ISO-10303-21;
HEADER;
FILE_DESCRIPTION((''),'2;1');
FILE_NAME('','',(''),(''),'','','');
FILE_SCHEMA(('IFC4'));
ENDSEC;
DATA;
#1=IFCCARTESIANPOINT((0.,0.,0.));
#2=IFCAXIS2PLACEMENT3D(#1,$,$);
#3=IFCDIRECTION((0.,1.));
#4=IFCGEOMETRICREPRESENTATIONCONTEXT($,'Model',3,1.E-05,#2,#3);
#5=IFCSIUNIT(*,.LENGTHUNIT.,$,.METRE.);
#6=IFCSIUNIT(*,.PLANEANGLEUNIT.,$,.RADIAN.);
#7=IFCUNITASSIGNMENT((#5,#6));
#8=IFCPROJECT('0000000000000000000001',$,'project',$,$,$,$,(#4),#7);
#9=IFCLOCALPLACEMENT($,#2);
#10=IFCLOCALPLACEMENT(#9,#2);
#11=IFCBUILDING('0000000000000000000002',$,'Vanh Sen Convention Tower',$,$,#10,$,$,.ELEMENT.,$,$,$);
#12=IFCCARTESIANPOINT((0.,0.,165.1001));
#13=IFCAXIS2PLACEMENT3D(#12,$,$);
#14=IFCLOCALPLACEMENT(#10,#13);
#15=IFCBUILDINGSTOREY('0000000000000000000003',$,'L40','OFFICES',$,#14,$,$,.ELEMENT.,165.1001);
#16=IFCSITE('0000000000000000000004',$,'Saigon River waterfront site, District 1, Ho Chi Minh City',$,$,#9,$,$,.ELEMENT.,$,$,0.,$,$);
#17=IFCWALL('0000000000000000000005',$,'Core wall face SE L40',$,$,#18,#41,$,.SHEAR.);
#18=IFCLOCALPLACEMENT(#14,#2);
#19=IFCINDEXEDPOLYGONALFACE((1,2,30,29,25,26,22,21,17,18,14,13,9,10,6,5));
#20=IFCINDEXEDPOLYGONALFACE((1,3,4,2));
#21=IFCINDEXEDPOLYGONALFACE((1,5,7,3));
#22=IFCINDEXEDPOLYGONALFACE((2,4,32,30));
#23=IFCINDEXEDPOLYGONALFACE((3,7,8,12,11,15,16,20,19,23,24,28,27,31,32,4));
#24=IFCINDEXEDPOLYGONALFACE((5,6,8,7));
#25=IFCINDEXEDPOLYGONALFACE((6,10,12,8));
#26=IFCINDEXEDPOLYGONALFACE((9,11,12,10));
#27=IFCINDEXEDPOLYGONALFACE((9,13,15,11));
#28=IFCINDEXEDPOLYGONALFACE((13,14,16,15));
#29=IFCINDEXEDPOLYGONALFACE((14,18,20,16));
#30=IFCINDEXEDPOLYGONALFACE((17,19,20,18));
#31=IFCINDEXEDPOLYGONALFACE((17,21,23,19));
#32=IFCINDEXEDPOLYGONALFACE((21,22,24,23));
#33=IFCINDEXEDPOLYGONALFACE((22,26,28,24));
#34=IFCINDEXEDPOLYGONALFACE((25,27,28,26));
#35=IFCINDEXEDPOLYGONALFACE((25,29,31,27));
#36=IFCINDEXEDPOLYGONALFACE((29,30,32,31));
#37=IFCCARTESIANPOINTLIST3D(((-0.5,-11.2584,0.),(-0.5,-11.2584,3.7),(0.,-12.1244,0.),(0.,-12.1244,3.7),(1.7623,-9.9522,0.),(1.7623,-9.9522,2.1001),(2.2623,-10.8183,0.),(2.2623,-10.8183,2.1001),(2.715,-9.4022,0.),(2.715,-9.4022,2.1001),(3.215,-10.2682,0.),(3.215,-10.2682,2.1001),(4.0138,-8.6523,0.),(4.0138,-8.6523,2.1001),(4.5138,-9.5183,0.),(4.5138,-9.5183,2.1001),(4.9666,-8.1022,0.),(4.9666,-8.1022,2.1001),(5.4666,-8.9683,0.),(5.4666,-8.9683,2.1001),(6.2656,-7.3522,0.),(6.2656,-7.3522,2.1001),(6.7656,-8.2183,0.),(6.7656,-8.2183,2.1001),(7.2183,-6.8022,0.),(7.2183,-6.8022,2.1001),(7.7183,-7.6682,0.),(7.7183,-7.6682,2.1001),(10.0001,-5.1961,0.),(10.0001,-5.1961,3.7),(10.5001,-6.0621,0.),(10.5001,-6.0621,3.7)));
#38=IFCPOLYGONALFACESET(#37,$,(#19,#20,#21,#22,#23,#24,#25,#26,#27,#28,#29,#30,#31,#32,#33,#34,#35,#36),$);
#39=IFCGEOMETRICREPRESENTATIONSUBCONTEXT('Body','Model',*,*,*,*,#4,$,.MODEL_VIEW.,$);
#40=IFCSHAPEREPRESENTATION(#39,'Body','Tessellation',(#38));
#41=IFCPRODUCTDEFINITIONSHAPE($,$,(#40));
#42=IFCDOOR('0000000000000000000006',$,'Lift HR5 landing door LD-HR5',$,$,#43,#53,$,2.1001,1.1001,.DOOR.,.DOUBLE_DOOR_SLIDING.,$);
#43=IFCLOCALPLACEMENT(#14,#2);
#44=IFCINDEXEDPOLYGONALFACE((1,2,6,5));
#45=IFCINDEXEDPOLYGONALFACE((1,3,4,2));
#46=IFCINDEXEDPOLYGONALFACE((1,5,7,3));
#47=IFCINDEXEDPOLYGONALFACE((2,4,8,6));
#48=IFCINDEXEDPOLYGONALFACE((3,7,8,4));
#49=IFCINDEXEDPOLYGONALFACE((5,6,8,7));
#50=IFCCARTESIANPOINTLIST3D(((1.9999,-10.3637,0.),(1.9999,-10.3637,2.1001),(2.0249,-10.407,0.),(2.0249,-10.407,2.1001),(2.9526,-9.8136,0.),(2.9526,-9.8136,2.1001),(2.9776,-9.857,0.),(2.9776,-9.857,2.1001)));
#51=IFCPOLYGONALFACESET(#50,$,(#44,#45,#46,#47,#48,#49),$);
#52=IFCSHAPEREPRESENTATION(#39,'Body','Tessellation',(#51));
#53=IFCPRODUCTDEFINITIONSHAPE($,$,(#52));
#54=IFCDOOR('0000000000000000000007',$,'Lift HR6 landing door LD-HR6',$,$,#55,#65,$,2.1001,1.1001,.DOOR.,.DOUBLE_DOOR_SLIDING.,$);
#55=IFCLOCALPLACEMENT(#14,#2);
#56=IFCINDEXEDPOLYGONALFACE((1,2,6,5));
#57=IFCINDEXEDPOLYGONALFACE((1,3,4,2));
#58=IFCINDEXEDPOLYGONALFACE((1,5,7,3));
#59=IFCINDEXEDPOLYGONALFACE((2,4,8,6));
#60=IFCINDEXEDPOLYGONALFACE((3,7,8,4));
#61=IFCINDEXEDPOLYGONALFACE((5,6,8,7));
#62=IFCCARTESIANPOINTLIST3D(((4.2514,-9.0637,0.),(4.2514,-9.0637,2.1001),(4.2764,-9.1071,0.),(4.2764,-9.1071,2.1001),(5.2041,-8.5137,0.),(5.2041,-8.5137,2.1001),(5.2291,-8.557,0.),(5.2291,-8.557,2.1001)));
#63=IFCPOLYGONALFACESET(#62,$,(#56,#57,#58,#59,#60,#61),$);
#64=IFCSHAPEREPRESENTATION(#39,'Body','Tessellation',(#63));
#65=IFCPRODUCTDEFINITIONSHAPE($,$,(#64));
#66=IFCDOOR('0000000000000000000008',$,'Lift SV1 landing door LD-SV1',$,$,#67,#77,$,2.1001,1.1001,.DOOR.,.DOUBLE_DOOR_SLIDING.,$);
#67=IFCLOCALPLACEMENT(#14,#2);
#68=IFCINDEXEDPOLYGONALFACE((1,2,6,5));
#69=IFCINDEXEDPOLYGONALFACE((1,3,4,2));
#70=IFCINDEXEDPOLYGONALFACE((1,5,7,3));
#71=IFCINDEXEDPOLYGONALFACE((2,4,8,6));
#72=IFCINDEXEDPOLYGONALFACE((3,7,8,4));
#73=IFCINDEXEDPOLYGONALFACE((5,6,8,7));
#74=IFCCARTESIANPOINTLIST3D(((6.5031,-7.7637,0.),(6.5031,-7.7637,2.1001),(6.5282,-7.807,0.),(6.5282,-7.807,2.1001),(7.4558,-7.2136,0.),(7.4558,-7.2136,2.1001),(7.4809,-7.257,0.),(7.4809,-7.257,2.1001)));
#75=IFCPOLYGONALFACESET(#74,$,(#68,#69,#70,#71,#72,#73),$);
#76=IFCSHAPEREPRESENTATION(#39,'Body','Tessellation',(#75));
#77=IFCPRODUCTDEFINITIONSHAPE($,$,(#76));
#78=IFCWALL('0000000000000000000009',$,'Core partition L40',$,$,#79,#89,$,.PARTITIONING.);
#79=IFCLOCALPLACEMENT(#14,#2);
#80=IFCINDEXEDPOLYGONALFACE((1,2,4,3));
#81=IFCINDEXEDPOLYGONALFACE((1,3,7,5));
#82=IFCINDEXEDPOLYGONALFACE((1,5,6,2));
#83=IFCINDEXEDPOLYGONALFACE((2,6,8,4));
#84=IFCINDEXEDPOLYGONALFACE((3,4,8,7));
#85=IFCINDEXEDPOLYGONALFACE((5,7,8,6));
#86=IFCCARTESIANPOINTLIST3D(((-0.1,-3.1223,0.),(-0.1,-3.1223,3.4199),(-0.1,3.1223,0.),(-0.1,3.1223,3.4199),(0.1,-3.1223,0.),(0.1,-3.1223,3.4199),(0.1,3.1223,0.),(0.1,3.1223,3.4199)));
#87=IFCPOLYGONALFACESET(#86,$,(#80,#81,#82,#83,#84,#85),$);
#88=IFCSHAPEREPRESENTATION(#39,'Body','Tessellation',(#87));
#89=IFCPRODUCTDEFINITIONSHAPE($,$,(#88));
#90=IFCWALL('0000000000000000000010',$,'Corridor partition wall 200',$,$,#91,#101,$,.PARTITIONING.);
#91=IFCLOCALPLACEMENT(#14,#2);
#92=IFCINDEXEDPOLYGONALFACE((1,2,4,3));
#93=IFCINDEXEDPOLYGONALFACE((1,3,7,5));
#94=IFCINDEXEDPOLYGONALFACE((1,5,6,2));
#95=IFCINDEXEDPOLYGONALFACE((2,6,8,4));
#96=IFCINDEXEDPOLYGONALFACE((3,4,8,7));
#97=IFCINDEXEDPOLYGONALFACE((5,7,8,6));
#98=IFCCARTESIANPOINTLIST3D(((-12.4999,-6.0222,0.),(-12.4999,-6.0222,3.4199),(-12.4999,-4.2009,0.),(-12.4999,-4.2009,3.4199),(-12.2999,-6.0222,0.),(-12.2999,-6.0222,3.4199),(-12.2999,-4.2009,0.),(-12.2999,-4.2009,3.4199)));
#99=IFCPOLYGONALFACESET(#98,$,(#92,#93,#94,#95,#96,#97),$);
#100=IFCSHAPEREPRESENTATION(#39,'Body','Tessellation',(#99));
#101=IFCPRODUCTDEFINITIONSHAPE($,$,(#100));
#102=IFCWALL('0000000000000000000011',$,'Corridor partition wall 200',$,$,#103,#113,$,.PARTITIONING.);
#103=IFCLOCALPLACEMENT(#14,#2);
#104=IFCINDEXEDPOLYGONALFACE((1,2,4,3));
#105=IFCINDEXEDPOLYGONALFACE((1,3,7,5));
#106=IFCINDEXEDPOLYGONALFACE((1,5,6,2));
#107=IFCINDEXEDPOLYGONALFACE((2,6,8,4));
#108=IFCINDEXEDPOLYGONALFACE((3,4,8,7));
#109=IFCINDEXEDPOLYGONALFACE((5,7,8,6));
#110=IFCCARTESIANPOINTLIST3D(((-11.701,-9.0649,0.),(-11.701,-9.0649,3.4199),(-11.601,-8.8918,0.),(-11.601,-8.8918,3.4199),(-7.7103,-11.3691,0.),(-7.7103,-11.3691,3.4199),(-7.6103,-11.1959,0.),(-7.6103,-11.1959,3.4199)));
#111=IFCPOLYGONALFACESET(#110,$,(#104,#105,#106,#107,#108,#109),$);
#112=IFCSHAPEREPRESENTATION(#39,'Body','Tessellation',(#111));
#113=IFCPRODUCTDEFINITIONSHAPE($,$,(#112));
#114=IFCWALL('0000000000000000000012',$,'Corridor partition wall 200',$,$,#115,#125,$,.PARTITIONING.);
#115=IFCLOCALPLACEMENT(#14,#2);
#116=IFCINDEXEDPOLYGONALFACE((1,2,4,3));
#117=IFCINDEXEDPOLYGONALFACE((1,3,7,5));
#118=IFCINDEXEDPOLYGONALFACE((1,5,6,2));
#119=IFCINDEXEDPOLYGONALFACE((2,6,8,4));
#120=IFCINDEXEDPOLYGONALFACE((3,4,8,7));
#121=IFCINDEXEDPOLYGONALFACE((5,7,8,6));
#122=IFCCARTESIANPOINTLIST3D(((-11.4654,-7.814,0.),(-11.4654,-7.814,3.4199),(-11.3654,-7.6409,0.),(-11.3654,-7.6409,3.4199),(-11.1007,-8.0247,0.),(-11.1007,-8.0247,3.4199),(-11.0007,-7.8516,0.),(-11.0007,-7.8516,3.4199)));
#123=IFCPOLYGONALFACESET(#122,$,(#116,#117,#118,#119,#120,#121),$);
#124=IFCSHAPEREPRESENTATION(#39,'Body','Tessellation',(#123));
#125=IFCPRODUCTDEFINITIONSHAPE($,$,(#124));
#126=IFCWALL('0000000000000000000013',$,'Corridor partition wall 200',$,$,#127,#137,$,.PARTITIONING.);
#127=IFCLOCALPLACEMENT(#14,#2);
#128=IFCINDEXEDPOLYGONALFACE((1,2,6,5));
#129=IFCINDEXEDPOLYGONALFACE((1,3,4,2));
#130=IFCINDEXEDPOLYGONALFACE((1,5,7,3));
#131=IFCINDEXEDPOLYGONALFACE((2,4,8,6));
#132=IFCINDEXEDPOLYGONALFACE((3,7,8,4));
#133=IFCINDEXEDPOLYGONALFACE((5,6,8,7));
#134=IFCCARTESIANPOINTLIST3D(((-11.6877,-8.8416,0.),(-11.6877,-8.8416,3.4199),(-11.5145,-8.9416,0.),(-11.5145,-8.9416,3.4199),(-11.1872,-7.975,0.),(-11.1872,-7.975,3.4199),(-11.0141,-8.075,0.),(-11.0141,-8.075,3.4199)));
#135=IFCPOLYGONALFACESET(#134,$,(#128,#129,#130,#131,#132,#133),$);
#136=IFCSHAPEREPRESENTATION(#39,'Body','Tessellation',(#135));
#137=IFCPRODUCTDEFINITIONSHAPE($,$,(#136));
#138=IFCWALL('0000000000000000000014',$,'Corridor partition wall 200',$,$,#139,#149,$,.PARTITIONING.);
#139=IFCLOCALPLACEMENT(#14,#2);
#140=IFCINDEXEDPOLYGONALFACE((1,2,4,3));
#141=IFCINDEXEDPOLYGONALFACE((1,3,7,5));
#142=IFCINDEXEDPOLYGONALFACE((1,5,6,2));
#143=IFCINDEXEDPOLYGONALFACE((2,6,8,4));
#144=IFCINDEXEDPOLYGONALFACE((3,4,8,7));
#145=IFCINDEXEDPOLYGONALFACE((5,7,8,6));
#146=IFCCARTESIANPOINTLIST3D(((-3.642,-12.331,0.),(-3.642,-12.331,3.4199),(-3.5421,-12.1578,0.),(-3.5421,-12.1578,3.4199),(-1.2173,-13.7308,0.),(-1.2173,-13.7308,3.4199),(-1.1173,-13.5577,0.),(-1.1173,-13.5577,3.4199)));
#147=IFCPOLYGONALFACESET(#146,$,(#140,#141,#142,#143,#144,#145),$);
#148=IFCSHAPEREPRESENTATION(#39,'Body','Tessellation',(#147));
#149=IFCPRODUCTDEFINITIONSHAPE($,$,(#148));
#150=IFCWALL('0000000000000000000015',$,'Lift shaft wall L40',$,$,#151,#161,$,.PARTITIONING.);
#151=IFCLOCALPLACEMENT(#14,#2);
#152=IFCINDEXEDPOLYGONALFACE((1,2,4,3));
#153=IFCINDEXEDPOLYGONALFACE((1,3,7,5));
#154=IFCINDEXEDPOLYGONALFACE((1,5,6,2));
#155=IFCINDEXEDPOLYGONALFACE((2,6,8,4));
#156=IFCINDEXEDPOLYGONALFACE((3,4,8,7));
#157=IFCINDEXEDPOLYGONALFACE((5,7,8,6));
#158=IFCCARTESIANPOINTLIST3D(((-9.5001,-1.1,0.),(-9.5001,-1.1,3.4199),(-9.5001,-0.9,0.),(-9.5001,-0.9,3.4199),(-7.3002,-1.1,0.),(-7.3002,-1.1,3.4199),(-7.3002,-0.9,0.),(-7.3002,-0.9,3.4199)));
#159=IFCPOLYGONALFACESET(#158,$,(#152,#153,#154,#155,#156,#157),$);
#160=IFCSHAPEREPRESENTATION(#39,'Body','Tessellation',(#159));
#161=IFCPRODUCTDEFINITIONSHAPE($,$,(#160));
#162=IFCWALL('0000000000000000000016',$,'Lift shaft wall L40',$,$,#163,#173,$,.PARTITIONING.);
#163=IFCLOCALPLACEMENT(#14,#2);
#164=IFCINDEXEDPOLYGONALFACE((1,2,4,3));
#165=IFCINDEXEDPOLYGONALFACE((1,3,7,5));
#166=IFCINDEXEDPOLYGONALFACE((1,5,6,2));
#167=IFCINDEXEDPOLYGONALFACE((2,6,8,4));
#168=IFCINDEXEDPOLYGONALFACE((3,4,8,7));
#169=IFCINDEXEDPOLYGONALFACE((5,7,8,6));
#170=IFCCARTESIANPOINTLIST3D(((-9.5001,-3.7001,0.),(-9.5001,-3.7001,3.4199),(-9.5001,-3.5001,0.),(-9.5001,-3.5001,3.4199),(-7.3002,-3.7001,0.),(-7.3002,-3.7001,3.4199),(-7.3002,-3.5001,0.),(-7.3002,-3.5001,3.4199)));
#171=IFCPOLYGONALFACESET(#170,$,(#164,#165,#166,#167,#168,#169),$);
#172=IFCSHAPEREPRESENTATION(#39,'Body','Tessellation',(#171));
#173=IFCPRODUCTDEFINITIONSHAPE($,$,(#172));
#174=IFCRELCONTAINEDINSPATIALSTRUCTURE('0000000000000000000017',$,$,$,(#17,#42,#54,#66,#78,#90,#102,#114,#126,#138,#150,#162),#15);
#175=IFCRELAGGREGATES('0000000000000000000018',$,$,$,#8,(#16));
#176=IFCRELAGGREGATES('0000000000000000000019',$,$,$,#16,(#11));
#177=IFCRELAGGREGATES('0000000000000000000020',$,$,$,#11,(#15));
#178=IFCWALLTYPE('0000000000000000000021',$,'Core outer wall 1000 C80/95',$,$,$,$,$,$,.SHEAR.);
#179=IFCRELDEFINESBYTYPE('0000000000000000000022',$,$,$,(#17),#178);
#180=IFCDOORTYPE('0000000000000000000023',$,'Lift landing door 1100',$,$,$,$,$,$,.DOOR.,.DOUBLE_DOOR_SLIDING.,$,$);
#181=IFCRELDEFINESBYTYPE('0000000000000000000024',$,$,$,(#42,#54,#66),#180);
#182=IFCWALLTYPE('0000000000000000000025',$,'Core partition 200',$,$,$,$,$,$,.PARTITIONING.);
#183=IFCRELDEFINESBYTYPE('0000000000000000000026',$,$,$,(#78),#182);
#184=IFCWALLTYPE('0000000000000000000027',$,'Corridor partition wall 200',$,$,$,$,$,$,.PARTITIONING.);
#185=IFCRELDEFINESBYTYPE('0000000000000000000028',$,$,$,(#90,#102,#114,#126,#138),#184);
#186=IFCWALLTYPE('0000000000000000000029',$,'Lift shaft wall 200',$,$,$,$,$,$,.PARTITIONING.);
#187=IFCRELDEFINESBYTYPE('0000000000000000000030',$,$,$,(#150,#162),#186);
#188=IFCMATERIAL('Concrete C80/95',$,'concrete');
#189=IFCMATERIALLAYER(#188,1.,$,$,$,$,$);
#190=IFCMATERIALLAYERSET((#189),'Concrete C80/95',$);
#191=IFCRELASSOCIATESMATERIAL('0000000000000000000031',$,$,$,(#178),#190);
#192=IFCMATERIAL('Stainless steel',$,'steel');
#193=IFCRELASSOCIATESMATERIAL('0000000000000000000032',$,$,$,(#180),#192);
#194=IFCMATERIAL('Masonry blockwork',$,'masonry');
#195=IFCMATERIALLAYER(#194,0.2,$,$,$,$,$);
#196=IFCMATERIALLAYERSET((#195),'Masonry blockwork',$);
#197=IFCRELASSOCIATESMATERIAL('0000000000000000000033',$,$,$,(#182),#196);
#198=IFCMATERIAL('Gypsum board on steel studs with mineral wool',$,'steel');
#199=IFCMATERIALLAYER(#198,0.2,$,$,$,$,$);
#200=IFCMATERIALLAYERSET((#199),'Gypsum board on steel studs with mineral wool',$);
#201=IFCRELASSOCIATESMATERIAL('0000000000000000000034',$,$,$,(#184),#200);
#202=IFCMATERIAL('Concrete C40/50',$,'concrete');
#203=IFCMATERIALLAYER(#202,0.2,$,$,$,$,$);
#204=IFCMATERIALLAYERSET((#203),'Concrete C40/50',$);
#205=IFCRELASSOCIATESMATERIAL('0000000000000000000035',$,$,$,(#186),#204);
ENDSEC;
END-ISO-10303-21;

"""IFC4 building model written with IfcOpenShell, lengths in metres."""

from ifc_helpers import new_model, si_unit, direction, frame, frame_2d, origin, place, context, subcontext, project, spatial, rectangle, extrude, material, layer, layer_set, type_object, element, fill, save


model = new_model("IFC4")

# Units and contexts
model_context = context("Model", 3, precision=1e-05, world=origin(), true_north=direction((0.0, 1.0)))
body_context = subcontext(model_context, "Body", "Model", "MODEL_VIEW")
ifc_project = project(units=[si_unit("LENGTHUNIT", "METRE"), si_unit("PLANEANGLEUNIT", "RADIAN")], contexts=[model_context])

# Site, building, storey
site_placement = place(None, origin())
site = spatial("IfcSite", under=ifc_project, at=site_placement, Name="Saigon River waterfront site, District 1, Ho Chi Minh City", CompositionType="ELEMENT", RefElevation=0.0)
building_placement = place(site_placement, origin())
building = spatial("IfcBuilding", under=site, at=building_placement, Name="Vanh Sen Convention Tower", CompositionType="ELEMENT")
storey_placement = place(building_placement, frame((0.0, 0.0, 165.1001)))
storey = spatial("IfcBuildingStorey", under=building, at=storey_placement, Name="L40", Description="OFFICES", CompositionType="ELEMENT", Elevation=165.1001)

# Wall, openings, doors
ifc_material_1 = material(Name="Concrete C80/95", Category="concrete")
ifc_layer_1 = layer(ifc_material_1, 1.0)
ifc_layer_set_1 = layer_set([ifc_layer_1], Name="Concrete C80/95")
wall_type_1 = type_object("IfcWallType", Name="Core outer wall 1000 C80/95", PredefinedType="SHEAR", material=ifc_layer_set_1)
ifc_material_2 = material(Name="Stainless steel", Category="steel")
door_type_1 = type_object("IfcDoorType", Name="Lift landing door 1100", OperationType="DOUBLE_DOOR_SLIDING", PredefinedType="DOOR", material=ifc_material_2)
wall_1_placement = place(storey_placement, frame((-0.25, -11.6914, 0.0), z_axis=(0.0, 0.0, 1.0), x_axis=(0.866023, 0.500005, 0.0)))
wall_1 = element("IfcWall", 1, at=wall_1_placement, inside=storey, type_object=wall_type_1, Name="Core wall face SE L40", PredefinedType="SHEAR", context=body_context, shape_type="SweptSolid", body=[
    extrude(rectangle(XDim=12.1245, YDim=1.0, at=frame_2d((6.0623, 0.0))), origin(), (0.0, 0.0, 1.0), 3.7),
])
opening_1_placement = place(wall_1_placement, frame((2.6123, 0.0, 0.0)))
opening_1 = element("IfcOpeningElement", 2, at=opening_1_placement, cuts=wall_1, PredefinedType="OPENING", context=body_context, shape_type="SweptSolid", body=[
    extrude(rectangle(XDim=1.1001, YDim=2.1001, at=frame_2d((0.55, 1.05))), frame((0.0, 0.51, 0.0), z_axis=(0.0, -1.0, 0.0), x_axis=(1.0, 0.0, 0.0)), (0.0, 0.0, 1.0), 1.02),
])
opening_2_placement = place(wall_1_placement, frame((5.2122, 0.0, 0.0)))
opening_2 = element("IfcOpeningElement", 3, at=opening_2_placement, cuts=wall_1, PredefinedType="OPENING", context=body_context, shape_type="SweptSolid", body=[
    extrude(rectangle(XDim=1.1001, YDim=2.1001, at=frame_2d((0.55, 1.05))), frame((0.0, 0.51, 0.0), z_axis=(0.0, -1.0, 0.0), x_axis=(1.0, 0.0, 0.0)), (0.0, 0.0, 1.0), 1.02),
])
opening_3_placement = place(wall_1_placement, frame((7.8123, 0.0, 0.0)))
opening_3 = element("IfcOpeningElement", 4, at=opening_3_placement, cuts=wall_1, PredefinedType="OPENING", context=body_context, shape_type="SweptSolid", body=[
    extrude(rectangle(XDim=1.1001, YDim=2.1001, at=frame_2d((0.55, 1.05))), frame((0.0, 0.51, 0.0), z_axis=(0.0, -1.0, 0.0), x_axis=(1.0, 0.0, 0.0)), (0.0, 0.0, 1.0), 1.02),
])
door_1_placement = place(opening_1_placement, origin())
door_1 = element("IfcDoor", 5, at=door_1_placement, inside=storey, type_object=door_type_1, Name="Lift HR5 landing door LD-HR5", OperationType="DOUBLE_DOOR_SLIDING", OverallHeight=2.1001, OverallWidth=1.1001, PredefinedType="DOOR", context=body_context, shape_type="SweptSolid", body=[
    extrude(rectangle(XDim=1.1001, YDim=2.1001, at=frame_2d((0.55, 1.05))), frame((0.0, 0.0249, 0.0), z_axis=(0.0, -1.0, 0.0), x_axis=(1.0, 0.0, 0.0)), (0.0, 0.0, 1.0), 0.05),
])
fill(opening_1, door_1)
door_2_placement = place(opening_2_placement, origin())
door_2 = element("IfcDoor", 6, at=door_2_placement, inside=storey, type_object=door_type_1, Name="Lift HR6 landing door LD-HR6", OperationType="DOUBLE_DOOR_SLIDING", OverallHeight=2.1001, OverallWidth=1.1001, PredefinedType="DOOR", context=body_context, shape_type="SweptSolid", body=[
    extrude(rectangle(XDim=1.1001, YDim=2.1001, at=frame_2d((0.55, 1.05))), frame((0.0, 0.0249, 0.0), z_axis=(0.0, -1.0, 0.0), x_axis=(1.0, 0.0, 0.0)), (0.0, 0.0, 1.0), 0.05),
])
fill(opening_2, door_2)
door_3_placement = place(opening_3_placement, origin())
door_3 = element("IfcDoor", 7, at=door_3_placement, inside=storey, type_object=door_type_1, Name="Lift SV1 landing door LD-SV1", OperationType="DOUBLE_DOOR_SLIDING", OverallHeight=2.1001, OverallWidth=1.1001, PredefinedType="DOOR", context=body_context, shape_type="SweptSolid", body=[
    extrude(rectangle(XDim=1.1001, YDim=2.1001, at=frame_2d((0.55, 1.05))), frame((0.0, 0.0249, 0.0), z_axis=(0.0, -1.0, 0.0), x_axis=(1.0, 0.0, 0.0)), (0.0, 0.0, 1.0), 0.05),
])
fill(opening_3, door_3)

# Walls
ifc_material_3 = material(Name="Masonry blockwork", Category="masonry")
ifc_layer_2 = layer(ifc_material_3, 0.2)
ifc_layer_set_2 = layer_set([ifc_layer_2], Name="Masonry blockwork")
wall_type_2 = type_object("IfcWallType", Name="Core partition 200", PredefinedType="PARTITIONING", material=ifc_layer_set_2)
wall_2_placement = place(storey_placement, frame((0.0, -3.1223, 0.0), z_axis=(0.0, 0.0, 1.0), x_axis=(0.0, 1.0, 0.0)))
element("IfcWall", 8, at=wall_2_placement, inside=storey, type_object=wall_type_2, Name="Core partition L40", PredefinedType="PARTITIONING", context=body_context, shape_type="SweptSolid", body=[
    extrude(rectangle(XDim=6.2446, YDim=0.2, at=frame_2d((3.1223, 0.0))), origin(), (0.0, 0.0, 1.0), 3.4199),
])
ifc_material_4 = material(Name="Gypsum board on steel studs with mineral wool", Category="steel")
ifc_layer_3 = layer(ifc_material_4, 0.2)
ifc_layer_set_3 = layer_set([ifc_layer_3], Name="Gypsum board on steel studs with mineral wool")
wall_type_3 = type_object("IfcWallType", Name="Corridor partition wall 200", PredefinedType="PARTITIONING", material=ifc_layer_set_3)
wall_3_placement = place(storey_placement, frame((-12.3999, -4.2009, 0.0), z_axis=(0.0, 0.0, 1.0), x_axis=(0.0, -1.0, 0.0)))
element("IfcWall", 9, at=wall_3_placement, inside=storey, type_object=wall_type_3, Name="Corridor partition wall 200", PredefinedType="PARTITIONING", context=body_context, shape_type="SweptSolid", body=[
    extrude(rectangle(XDim=1.8213, YDim=0.2, at=frame_2d((0.9106, 0.0))), origin(), (0.0, 0.0, 1.0), 3.4199),
])
wall_4_placement = place(storey_placement, frame((-11.6511, -8.9783, 0.0), z_axis=(0.0, 0.0, 1.0), x_axis=(0.866011, -0.500025, 0.0)))
element("IfcWall", 10, at=wall_4_placement, inside=storey, type_object=wall_type_3, Name="Corridor partition wall 200", PredefinedType="PARTITIONING", context=body_context, shape_type="SweptSolid", body=[
    extrude(rectangle(XDim=4.6082, YDim=0.2, at=frame_2d((2.3042, 0.0))), origin(), (0.0, 0.0, 1.0), 3.4199),
])
wall_5_placement = place(storey_placement, frame((-11.4153, -7.7275, 0.0), z_axis=(0.0, 0.0, 1.0), x_axis=(0.865915, -0.500191, 0.0)))
element("IfcWall", 11, at=wall_5_placement, inside=storey, type_object=wall_type_3, Name="Corridor partition wall 200", PredefinedType="PARTITIONING", context=body_context, shape_type="SweptSolid", body=[
    extrude(rectangle(XDim=0.4211, YDim=0.2, at=frame_2d((0.2104, 0.0))), origin(), (0.0, 0.0, 1.0), 3.4199),
])
wall_6_placement = place(storey_placement, frame((-11.1006, -8.0249, 0.0), z_axis=(0.0, 0.0, 1.0), x_axis=(-0.500074, -0.865982, 0.0)))
element("IfcWall", 12, at=wall_6_placement, inside=storey, type_object=wall_type_3, Name="Corridor partition wall 200", PredefinedType="PARTITIONING", context=body_context, shape_type="SweptSolid", body=[
    extrude(rectangle(XDim=1.0007, YDim=0.2, at=frame_2d((0.5005, 0.0))), origin(), (0.0, 0.0, 1.0), 3.4199),
])
wall_7_placement = place(storey_placement, frame((-3.592, -12.2444, 0.0), z_axis=(0.0, 0.0, 1.0), x_axis=(0.866035, -0.499984, 0.0)))
element("IfcWall", 13, at=wall_7_placement, inside=storey, type_object=wall_type_3, Name="Corridor partition wall 200", PredefinedType="PARTITIONING", context=body_context, shape_type="SweptSolid", body=[
    extrude(rectangle(XDim=2.7998, YDim=0.2, at=frame_2d((1.3999, 0.0))), origin(), (0.0, 0.0, 1.0), 3.4199),
])
ifc_material_5 = material(Name="Concrete C40/50", Category="concrete")
ifc_layer_4 = layer(ifc_material_5, 0.2)
ifc_layer_set_4 = layer_set([ifc_layer_4], Name="Concrete C40/50")
wall_type_4 = type_object("IfcWallType", Name="Lift shaft wall 200", PredefinedType="PARTITIONING", material=ifc_layer_set_4)
for number, where, z_axis, x_axis, name in (
    (14, (-7.3, -1.0, 0.0), (0.0, 0.0, 1.0), (-1.0, 0.0, 0.0), "Lift shaft wall L40"),
    (15, (-7.3, -3.6001, 0.0), (0.0, 0.0, 1.0), (-1.0, 0.0, 0.0), "Lift shaft wall L40"),
):
    element("IfcWall", number, at=place(storey_placement, frame(where, z_axis=z_axis, x_axis=x_axis)), inside=storey, type_object=wall_type_4, Name=name, PredefinedType="PARTITIONING", context=body_context, shape_type="SweptSolid", body=[
        extrude(rectangle(XDim=2.2, YDim=0.2, at=frame_2d((1.1001, 0.0))), origin(), (0.0, 0.0, 1.0), 3.4199),
    ])

save(model, "model.ifc")
